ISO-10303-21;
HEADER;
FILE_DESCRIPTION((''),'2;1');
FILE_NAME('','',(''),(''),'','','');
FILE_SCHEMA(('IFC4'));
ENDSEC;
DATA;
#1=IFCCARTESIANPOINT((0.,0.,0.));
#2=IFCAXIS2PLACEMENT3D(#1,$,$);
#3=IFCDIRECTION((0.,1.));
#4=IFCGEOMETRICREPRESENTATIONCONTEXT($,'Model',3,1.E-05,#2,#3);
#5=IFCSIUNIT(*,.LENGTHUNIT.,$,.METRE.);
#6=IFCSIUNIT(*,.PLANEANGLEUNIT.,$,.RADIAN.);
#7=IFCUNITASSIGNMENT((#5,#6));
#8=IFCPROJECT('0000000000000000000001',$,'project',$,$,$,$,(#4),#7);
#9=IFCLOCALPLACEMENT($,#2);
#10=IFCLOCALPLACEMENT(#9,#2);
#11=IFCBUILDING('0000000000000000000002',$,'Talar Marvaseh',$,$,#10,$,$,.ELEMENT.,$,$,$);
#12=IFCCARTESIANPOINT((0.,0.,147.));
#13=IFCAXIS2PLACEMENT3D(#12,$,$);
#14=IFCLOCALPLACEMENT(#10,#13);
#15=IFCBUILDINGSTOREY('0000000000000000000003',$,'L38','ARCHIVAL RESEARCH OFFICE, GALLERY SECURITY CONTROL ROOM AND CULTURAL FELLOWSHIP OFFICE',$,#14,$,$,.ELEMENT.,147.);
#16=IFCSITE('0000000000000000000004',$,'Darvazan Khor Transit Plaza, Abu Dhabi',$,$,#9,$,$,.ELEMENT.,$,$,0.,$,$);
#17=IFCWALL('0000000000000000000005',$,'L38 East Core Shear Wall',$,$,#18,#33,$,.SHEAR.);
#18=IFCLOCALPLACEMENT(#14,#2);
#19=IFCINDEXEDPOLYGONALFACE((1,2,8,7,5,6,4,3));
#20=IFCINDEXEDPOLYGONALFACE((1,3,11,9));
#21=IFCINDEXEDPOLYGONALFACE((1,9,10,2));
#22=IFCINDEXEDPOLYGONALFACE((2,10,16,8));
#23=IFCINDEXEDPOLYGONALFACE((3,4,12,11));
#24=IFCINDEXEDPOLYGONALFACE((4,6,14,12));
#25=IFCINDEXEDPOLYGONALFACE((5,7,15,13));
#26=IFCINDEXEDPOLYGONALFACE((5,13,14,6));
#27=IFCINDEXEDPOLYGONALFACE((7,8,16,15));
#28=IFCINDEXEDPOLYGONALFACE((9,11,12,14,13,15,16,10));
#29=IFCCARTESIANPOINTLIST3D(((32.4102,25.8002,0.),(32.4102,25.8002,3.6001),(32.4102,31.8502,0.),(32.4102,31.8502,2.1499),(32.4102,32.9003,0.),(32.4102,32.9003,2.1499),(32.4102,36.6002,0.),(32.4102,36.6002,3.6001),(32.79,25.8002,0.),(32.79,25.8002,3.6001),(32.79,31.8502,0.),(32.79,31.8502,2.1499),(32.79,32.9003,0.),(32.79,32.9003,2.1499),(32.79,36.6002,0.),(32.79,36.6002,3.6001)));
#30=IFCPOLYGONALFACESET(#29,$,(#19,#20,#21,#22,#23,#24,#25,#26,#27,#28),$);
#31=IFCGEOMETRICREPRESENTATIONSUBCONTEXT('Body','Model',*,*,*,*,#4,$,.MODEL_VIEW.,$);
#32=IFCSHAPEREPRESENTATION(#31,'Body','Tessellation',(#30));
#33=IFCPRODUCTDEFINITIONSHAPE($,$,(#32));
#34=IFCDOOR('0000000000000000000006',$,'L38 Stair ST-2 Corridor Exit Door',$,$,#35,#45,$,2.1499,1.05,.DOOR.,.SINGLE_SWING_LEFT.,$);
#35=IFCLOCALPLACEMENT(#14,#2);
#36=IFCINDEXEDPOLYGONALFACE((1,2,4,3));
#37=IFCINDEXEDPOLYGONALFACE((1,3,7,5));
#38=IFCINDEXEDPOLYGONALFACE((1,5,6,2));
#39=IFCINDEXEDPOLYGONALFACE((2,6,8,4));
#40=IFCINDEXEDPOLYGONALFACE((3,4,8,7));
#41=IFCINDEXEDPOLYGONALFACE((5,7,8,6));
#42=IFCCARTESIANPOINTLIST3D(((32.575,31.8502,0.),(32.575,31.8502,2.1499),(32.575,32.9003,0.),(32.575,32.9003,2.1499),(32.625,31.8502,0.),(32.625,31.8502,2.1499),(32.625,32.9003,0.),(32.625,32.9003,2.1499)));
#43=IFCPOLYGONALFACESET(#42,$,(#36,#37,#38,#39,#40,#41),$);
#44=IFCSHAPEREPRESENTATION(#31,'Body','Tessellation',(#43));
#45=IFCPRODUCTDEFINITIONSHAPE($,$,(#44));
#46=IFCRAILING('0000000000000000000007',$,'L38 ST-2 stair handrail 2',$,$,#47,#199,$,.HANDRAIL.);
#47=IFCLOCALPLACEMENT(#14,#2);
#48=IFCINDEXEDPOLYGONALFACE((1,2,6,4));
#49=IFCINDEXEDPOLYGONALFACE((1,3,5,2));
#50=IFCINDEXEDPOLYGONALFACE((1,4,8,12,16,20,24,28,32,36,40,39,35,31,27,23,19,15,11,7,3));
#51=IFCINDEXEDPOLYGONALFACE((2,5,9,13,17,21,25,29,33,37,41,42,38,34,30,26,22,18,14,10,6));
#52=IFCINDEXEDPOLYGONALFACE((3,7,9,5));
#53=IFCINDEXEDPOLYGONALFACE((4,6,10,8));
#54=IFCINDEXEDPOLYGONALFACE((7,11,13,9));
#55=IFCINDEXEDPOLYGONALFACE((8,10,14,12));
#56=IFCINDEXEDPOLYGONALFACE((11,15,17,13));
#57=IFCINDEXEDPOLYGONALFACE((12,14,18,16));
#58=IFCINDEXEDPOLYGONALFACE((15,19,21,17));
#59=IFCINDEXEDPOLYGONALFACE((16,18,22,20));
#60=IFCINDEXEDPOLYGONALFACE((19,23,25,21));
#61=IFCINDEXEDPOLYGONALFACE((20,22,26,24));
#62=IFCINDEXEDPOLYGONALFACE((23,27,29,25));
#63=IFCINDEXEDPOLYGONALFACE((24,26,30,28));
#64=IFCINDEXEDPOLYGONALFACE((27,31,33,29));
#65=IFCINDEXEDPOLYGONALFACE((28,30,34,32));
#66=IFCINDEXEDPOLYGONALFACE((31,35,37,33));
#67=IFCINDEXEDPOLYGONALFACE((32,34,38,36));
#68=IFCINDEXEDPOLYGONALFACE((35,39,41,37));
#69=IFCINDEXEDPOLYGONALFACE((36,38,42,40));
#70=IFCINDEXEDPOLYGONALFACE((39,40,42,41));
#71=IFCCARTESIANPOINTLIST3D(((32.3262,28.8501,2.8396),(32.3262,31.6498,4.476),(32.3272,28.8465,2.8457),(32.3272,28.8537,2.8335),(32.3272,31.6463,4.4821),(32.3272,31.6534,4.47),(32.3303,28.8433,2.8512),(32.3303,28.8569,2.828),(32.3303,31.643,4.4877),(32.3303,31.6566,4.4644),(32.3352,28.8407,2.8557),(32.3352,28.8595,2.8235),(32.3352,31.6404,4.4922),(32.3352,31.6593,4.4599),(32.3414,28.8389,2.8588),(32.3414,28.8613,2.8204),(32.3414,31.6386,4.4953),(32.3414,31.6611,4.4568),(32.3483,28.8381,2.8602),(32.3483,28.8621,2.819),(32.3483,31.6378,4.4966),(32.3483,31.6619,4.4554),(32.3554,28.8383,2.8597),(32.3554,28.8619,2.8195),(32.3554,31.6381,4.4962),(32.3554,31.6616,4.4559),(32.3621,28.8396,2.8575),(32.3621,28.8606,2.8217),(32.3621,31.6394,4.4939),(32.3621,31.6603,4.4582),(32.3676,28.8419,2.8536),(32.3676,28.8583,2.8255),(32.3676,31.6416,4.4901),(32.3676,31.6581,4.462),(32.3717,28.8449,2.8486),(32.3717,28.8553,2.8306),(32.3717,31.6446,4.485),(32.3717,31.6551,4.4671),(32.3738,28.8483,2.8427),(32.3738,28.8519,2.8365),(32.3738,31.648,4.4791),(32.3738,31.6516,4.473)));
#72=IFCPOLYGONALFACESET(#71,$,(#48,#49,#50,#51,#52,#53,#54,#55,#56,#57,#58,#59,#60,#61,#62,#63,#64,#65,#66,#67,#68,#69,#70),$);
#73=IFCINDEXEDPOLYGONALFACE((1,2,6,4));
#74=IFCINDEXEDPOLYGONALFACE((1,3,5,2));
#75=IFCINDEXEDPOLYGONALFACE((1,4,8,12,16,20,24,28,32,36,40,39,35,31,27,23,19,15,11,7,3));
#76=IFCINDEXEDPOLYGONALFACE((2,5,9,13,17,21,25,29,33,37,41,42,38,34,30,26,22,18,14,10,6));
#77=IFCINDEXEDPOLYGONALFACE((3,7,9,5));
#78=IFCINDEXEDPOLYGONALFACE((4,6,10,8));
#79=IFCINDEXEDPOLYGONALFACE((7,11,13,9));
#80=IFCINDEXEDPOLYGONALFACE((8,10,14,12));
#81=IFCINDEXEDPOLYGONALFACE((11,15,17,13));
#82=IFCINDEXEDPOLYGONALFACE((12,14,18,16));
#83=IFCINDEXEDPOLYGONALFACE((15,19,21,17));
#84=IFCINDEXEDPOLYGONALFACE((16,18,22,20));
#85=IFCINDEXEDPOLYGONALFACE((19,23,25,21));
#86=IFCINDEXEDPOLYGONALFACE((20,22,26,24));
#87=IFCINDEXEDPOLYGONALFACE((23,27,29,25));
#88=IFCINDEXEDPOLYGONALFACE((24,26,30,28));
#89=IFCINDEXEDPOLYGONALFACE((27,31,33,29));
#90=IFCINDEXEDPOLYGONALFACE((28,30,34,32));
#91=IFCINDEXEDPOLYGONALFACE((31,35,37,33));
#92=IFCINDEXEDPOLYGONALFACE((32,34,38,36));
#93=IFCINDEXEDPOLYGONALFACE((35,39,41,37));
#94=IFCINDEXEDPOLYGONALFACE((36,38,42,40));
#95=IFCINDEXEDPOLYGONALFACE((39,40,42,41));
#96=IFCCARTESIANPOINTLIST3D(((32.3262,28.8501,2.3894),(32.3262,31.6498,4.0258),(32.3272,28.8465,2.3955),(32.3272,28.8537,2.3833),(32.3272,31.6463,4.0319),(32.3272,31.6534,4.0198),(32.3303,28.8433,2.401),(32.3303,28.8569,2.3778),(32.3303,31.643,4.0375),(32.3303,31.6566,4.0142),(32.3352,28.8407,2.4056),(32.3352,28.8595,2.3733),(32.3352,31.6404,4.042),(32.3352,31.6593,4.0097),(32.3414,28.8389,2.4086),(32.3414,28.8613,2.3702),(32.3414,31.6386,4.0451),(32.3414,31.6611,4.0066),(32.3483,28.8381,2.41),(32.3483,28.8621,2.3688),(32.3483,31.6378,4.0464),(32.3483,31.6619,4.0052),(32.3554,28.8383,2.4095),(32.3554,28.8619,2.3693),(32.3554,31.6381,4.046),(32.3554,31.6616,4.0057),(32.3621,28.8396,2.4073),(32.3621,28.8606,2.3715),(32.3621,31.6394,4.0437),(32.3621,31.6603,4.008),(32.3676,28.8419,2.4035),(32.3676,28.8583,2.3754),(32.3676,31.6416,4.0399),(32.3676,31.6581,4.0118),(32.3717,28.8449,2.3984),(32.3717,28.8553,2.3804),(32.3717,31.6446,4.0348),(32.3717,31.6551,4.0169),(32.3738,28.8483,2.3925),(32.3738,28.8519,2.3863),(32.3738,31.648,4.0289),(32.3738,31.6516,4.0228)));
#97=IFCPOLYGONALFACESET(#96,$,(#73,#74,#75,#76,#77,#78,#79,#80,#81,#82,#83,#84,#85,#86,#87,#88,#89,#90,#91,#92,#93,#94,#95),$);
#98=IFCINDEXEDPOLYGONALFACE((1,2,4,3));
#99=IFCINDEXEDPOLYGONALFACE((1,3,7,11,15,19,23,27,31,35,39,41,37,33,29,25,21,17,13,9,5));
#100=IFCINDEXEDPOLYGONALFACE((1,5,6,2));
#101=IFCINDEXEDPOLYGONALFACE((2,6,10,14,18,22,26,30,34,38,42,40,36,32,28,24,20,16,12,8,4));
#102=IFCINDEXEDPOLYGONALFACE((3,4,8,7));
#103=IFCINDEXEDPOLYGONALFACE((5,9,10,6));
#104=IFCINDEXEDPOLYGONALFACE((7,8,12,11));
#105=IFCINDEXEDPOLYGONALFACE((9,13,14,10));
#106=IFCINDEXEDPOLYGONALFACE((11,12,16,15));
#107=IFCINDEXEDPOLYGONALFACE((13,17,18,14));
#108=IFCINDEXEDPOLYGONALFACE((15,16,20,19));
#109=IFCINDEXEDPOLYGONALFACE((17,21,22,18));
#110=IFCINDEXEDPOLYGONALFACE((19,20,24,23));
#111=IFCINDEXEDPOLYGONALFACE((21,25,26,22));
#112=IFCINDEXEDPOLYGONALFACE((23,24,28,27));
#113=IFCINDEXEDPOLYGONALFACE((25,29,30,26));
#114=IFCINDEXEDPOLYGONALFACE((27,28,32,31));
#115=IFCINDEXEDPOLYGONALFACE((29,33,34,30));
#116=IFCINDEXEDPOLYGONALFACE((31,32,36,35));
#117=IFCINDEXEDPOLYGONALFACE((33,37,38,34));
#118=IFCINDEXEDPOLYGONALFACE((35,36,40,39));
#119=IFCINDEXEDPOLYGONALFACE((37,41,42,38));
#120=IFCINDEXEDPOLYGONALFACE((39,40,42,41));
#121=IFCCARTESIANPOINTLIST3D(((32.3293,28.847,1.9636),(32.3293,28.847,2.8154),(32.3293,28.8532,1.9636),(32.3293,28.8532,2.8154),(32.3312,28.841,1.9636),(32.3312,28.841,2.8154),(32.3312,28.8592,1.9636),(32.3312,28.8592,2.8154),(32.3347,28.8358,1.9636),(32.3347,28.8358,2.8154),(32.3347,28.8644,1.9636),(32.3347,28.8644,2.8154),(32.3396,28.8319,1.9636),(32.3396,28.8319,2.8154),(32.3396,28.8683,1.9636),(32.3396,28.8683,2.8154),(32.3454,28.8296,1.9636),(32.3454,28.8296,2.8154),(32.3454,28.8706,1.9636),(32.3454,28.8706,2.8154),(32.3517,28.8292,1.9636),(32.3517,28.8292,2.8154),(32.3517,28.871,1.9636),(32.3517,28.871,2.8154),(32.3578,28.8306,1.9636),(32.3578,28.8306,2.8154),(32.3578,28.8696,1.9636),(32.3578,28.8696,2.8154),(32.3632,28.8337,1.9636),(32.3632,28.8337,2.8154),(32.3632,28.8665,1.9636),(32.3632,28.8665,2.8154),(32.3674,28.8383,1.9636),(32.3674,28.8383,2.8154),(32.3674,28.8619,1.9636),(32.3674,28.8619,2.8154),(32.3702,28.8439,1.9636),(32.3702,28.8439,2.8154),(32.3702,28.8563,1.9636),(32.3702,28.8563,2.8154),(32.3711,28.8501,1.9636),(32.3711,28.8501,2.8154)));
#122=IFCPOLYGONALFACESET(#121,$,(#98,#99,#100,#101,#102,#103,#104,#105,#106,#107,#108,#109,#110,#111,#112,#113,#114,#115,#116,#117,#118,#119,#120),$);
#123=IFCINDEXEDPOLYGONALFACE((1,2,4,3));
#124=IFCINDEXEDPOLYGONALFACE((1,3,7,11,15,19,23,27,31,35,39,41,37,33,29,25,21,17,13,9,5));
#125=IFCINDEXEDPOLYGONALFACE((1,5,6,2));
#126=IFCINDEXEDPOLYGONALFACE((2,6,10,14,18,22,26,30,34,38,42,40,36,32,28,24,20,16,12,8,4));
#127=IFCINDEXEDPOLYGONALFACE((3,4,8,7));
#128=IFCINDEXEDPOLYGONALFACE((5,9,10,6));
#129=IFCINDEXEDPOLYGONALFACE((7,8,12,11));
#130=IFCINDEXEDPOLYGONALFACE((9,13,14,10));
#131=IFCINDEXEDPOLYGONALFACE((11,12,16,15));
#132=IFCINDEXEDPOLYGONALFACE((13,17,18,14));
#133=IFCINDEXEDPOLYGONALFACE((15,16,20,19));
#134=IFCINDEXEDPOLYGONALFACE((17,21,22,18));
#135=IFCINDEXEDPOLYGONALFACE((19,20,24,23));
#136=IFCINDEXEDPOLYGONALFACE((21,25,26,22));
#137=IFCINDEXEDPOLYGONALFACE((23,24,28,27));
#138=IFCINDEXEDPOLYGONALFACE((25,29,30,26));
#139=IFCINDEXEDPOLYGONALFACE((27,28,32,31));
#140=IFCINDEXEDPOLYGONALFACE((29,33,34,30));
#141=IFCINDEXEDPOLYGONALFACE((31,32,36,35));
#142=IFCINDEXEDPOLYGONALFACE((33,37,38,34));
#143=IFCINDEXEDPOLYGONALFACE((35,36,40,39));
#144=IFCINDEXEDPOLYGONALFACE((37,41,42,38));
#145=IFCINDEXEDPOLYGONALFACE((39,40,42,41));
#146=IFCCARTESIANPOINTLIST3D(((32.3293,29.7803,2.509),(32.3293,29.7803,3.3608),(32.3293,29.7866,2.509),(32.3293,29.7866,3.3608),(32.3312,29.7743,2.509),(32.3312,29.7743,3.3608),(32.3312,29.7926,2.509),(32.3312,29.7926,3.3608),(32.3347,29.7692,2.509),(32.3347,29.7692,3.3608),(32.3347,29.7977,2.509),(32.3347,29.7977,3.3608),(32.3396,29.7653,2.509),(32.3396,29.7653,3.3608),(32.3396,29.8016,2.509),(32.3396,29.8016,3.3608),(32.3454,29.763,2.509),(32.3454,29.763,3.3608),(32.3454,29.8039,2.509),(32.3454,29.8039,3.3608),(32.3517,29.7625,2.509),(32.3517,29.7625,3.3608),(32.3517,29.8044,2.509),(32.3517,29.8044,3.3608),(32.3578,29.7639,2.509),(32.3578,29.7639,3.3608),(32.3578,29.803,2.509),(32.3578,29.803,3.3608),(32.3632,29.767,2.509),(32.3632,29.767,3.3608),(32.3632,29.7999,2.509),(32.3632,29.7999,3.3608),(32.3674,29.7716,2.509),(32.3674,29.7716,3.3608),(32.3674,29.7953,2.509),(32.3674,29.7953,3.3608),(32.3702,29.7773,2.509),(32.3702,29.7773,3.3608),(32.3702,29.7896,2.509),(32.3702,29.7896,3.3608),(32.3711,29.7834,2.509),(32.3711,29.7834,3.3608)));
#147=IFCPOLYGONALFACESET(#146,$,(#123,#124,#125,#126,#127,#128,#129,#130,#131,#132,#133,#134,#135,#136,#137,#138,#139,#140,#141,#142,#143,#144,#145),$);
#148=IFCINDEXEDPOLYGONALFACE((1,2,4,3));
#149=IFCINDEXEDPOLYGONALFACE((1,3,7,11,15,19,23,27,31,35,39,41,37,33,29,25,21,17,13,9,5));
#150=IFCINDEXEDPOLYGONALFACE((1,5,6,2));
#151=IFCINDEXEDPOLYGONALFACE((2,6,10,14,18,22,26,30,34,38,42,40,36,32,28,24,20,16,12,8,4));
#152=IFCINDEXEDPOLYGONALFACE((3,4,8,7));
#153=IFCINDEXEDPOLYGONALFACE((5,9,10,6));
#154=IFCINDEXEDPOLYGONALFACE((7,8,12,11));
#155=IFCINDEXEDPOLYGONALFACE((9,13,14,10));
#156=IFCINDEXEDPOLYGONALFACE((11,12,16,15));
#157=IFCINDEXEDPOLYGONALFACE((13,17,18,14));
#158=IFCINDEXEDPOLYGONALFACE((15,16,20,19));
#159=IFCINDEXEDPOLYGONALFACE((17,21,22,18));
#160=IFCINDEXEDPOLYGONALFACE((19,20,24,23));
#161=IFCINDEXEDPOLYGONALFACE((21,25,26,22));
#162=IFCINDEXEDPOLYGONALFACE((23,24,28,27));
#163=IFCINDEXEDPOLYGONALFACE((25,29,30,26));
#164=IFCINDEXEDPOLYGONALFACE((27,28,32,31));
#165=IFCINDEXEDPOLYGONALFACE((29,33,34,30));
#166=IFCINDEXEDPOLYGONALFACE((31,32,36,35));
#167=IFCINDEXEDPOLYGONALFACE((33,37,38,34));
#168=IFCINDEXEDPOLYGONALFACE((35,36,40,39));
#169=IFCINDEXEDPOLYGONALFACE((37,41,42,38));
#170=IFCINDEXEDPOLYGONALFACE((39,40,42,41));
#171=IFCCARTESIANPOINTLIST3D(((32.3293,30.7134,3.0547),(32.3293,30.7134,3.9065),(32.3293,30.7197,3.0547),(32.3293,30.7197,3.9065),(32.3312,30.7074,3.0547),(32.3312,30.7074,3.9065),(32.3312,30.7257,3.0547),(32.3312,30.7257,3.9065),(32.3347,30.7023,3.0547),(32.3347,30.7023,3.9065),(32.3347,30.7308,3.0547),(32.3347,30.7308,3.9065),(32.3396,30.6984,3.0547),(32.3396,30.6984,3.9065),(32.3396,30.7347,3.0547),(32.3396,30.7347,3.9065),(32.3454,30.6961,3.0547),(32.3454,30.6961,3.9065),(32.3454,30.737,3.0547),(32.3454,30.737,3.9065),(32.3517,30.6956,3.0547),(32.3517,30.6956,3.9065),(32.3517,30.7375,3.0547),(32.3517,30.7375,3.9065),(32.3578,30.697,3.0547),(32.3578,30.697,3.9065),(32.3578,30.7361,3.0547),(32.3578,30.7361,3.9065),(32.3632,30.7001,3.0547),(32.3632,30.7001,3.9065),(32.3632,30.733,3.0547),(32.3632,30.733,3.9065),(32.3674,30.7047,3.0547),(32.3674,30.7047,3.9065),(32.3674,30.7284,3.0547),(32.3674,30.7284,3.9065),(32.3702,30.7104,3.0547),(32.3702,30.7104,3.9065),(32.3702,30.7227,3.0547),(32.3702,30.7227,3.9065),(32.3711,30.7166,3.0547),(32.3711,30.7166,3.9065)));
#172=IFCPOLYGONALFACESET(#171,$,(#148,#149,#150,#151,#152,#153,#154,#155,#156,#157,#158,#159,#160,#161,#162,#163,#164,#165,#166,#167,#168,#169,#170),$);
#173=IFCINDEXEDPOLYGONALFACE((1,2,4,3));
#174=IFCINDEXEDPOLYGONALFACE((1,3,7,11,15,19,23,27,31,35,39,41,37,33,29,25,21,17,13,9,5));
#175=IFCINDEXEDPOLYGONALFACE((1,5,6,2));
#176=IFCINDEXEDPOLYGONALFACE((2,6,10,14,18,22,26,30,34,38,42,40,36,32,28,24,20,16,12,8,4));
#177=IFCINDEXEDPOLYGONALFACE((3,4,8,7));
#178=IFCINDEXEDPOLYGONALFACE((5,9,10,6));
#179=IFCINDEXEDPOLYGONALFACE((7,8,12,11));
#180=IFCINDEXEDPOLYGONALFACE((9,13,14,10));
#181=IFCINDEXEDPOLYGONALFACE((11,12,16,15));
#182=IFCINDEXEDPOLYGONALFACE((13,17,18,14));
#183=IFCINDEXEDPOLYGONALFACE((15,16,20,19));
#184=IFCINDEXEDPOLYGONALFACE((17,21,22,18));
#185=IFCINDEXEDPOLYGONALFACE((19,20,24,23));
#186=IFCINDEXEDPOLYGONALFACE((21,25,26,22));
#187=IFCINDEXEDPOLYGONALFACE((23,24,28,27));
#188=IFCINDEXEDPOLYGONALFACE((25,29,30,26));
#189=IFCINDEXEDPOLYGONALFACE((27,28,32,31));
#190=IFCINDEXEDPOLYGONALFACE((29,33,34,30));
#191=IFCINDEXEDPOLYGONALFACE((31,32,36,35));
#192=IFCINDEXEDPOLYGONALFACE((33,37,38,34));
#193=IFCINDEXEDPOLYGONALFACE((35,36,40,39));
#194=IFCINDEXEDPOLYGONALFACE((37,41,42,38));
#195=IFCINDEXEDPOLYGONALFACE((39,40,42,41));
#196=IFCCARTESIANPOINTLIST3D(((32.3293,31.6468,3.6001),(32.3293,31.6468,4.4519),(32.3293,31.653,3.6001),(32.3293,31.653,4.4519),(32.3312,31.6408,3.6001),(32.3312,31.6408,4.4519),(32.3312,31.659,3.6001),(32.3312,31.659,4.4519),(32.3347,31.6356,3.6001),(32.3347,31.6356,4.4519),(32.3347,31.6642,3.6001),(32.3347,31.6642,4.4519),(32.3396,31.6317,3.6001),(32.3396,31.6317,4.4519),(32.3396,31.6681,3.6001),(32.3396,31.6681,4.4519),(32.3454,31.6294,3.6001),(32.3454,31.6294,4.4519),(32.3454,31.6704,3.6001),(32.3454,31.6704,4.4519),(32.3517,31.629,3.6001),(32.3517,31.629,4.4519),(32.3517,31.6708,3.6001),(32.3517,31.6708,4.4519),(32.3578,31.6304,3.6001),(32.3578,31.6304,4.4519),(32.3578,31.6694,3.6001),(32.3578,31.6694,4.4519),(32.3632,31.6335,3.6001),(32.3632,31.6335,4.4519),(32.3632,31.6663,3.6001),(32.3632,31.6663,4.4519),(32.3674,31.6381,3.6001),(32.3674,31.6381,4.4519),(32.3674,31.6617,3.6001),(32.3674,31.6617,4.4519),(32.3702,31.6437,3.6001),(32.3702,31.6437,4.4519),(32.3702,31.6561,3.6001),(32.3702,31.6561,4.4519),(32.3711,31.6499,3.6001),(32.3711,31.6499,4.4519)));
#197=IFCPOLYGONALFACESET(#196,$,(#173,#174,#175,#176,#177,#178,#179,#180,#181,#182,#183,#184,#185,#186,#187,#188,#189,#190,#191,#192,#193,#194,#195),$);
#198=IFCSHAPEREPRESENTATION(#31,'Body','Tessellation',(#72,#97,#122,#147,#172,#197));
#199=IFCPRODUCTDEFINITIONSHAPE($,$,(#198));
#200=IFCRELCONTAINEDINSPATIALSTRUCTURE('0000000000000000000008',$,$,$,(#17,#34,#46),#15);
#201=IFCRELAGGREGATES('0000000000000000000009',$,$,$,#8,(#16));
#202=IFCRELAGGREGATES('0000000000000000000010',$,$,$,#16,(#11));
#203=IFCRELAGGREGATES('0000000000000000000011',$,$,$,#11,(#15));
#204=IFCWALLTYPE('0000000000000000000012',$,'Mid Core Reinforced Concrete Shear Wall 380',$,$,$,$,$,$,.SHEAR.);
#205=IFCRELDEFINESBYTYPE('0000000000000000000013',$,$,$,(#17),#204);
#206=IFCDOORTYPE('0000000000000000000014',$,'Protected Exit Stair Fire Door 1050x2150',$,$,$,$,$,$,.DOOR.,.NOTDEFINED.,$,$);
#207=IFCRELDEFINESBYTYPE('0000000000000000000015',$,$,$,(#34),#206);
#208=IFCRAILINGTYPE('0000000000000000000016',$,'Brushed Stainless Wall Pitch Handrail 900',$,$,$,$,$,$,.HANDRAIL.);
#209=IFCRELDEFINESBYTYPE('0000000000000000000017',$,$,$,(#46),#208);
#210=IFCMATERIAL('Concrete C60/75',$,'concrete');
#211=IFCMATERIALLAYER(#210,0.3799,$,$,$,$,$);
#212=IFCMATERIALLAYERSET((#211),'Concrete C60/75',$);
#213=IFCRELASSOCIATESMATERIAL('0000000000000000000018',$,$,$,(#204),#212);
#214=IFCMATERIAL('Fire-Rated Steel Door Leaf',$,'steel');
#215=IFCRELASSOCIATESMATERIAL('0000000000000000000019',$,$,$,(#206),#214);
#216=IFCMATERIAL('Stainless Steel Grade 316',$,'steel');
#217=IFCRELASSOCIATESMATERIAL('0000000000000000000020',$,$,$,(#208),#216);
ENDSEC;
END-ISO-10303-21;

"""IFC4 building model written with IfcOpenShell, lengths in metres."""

from ifc_helpers import new_model, si_unit, direction, frame, frame_2d, origin, origin_2d, place, context, subcontext, project, spatial, rectangle, circle, extrude, source, transform, mapped, material, layer, layer_set, type_object, type_shapes, element, fill, save


model = new_model("IFC4")

# Units and contexts
model_context = context("Model", 3, precision=1e-05, world=origin(), true_north=direction((0.0, 1.0)))
body_context = subcontext(model_context, "Body", "Model", "MODEL_VIEW")
ifc_project = project(units=[si_unit("LENGTHUNIT", "METRE"), si_unit("PLANEANGLEUNIT", "RADIAN")], contexts=[model_context])

# Site, building, storey
site_placement = place(None, origin())
site = spatial("IfcSite", under=ifc_project, at=site_placement, Name="Darvazan Khor Transit Plaza, Abu Dhabi", CompositionType="ELEMENT", RefElevation=0.0)
building_placement = place(site_placement, origin())
building = spatial("IfcBuilding", under=site, at=building_placement, Name="Talar Marvaseh", CompositionType="ELEMENT")
storey_placement = place(building_placement, frame((0.0, 0.0, 147.0)))
storey = spatial("IfcBuildingStorey", under=building, at=storey_placement, Name="L38", Description="ARCHIVAL RESEARCH OFFICE, GALLERY SECURITY CONTROL ROOM AND CULTURAL FELLOWSHIP OFFICE", CompositionType="ELEMENT", Elevation=147.0)

# Shared definitions
ifc_material_1 = material(Name="Concrete C60/75", Category="concrete")

# Wall, opening, door
ifc_layer_1 = layer(ifc_material_1, 0.3799)
ifc_layer_set_1 = layer_set([ifc_layer_1], Name="Concrete C60/75")
wall_type_1 = type_object("IfcWallType", Name="Mid Core Reinforced Concrete Shear Wall 380", PredefinedType="SHEAR", material=ifc_layer_set_1)
wall_1_placement = place(storey_placement, frame((32.6001, 36.6001, 0.0), z_axis=(0.0, 0.0, 1.0), x_axis=(0.0, -1.0, 0.0)))
wall_1 = element("IfcWall", 1, at=wall_1_placement, inside=storey, type_object=wall_type_1, Name="L38 East Core Shear Wall", PredefinedType="SHEAR", context=body_context, shape_type="SweptSolid", body=[
    extrude(rectangle(XDim=10.8, YDim=0.3799, at=frame_2d((5.3999, 0.0))), origin(), (0.0, 0.0, 1.0), 3.6001),
])
opening_placement = place(wall_1_placement, frame((3.7, 0.0, 0.0)))
opening = element("IfcOpeningElement", 2, at=opening_placement, cuts=wall_1, PredefinedType="OPENING", context=body_context, shape_type="SweptSolid", body=[
    extrude(rectangle(XDim=1.05, YDim=2.1499, at=frame_2d((0.5249, 1.075))), frame((0.0, 0.2, 0.0), z_axis=(0.0, -1.0, 0.0), x_axis=(1.0, 0.0, 0.0)), (0.0, 0.0, 1.0), 0.3999),
])
ifc_material_2 = material(Name="Fire-Rated Steel Door Leaf", Category="steel")
door_type = type_object("IfcDoorType", Name="Protected Exit Stair Fire Door 1050x2150", OperationType="NOTDEFINED", PredefinedType="DOOR", material=ifc_material_2)
shared_shape_1 = source(origin(), body_context, "Body", "SweptSolid", [
    extrude(rectangle(XDim=1.05, YDim=2.1499, at=frame_2d((0.5249, 1.075))), frame((0.0, 0.0249, 0.0), z_axis=(0.0, -1.0, 0.0), x_axis=(1.0, 0.0, 0.0)), (0.0, 0.0, 1.0), 0.05),
])
type_shapes(door_type, [shared_shape_1])
door_placement = place(opening_placement, origin())
door = element("IfcDoor", 3, at=door_placement, inside=storey, type_object=door_type, Name="L38 Stair ST-2 Corridor Exit Door", OperationType="SINGLE_SWING_LEFT", OverallHeight=2.1499, OverallWidth=1.05, PredefinedType="DOOR", context=body_context, shape_type="MappedRepresentation", body=[
    mapped(shared_shape_1, transform((0.0, 0.0, 0.0), x_axis=(1.0, 0.0, 0.0), y_axis=(0.0, 1.0, 0.0), z_axis=(0.0, 0.0, 1.0), scale=1.0)),
])
fill(opening, door)

# Railing
ifc_material_3 = material(Name="Stainless Steel Grade 316", Category="steel")
railing_type = type_object("IfcRailingType", Name="Brushed Stainless Wall Pitch Handrail 900", PredefinedType="HANDRAIL", material=ifc_material_3)
railing_placement = place(storey_placement, frame((32.3501, 28.8501, 1.9636)))
element("IfcRailing", 4, at=railing_placement, inside=storey, type_object=railing_type, Name="L38 ST-2 stair handrail 2", PredefinedType="HANDRAIL", context=body_context, shape_type="SweptSolid", body=[
    extrude(circle(Radius=0.0239, at=origin_2d()), frame((0.0, 0.0, 0.876), z_axis=(0.0, 0.863342, 0.50462), x_axis=(-1.0, 0.0, 0.0)), (0.0, 0.0, 1.0), 3.2429),
    extrude(circle(Radius=0.0239, at=origin_2d()), frame((0.0, 0.0, 0.4258), z_axis=(0.0, 0.863342, 0.50462), x_axis=(-1.0, 0.0, 0.0)), (0.0, 0.0, 1.0), 3.2429),
    extrude(circle(Radius=0.021, at=origin_2d()), origin(), (0.0, 0.0, 1.0), 0.8518),
    extrude(circle(Radius=0.021, at=origin_2d()), frame((0.0, 0.9333, 0.5454)), (0.0, 0.0, 1.0), 0.8518),
    extrude(circle(Radius=0.021, at=origin_2d()), frame((0.0, 1.8665, 1.0911)), (0.0, 0.0, 1.0), 0.8518),
    extrude(circle(Radius=0.021, at=origin_2d()), frame((0.0, 2.7998, 1.6365)), (0.0, 0.0, 1.0), 0.8518),
])

save(model, "model.ifc")
